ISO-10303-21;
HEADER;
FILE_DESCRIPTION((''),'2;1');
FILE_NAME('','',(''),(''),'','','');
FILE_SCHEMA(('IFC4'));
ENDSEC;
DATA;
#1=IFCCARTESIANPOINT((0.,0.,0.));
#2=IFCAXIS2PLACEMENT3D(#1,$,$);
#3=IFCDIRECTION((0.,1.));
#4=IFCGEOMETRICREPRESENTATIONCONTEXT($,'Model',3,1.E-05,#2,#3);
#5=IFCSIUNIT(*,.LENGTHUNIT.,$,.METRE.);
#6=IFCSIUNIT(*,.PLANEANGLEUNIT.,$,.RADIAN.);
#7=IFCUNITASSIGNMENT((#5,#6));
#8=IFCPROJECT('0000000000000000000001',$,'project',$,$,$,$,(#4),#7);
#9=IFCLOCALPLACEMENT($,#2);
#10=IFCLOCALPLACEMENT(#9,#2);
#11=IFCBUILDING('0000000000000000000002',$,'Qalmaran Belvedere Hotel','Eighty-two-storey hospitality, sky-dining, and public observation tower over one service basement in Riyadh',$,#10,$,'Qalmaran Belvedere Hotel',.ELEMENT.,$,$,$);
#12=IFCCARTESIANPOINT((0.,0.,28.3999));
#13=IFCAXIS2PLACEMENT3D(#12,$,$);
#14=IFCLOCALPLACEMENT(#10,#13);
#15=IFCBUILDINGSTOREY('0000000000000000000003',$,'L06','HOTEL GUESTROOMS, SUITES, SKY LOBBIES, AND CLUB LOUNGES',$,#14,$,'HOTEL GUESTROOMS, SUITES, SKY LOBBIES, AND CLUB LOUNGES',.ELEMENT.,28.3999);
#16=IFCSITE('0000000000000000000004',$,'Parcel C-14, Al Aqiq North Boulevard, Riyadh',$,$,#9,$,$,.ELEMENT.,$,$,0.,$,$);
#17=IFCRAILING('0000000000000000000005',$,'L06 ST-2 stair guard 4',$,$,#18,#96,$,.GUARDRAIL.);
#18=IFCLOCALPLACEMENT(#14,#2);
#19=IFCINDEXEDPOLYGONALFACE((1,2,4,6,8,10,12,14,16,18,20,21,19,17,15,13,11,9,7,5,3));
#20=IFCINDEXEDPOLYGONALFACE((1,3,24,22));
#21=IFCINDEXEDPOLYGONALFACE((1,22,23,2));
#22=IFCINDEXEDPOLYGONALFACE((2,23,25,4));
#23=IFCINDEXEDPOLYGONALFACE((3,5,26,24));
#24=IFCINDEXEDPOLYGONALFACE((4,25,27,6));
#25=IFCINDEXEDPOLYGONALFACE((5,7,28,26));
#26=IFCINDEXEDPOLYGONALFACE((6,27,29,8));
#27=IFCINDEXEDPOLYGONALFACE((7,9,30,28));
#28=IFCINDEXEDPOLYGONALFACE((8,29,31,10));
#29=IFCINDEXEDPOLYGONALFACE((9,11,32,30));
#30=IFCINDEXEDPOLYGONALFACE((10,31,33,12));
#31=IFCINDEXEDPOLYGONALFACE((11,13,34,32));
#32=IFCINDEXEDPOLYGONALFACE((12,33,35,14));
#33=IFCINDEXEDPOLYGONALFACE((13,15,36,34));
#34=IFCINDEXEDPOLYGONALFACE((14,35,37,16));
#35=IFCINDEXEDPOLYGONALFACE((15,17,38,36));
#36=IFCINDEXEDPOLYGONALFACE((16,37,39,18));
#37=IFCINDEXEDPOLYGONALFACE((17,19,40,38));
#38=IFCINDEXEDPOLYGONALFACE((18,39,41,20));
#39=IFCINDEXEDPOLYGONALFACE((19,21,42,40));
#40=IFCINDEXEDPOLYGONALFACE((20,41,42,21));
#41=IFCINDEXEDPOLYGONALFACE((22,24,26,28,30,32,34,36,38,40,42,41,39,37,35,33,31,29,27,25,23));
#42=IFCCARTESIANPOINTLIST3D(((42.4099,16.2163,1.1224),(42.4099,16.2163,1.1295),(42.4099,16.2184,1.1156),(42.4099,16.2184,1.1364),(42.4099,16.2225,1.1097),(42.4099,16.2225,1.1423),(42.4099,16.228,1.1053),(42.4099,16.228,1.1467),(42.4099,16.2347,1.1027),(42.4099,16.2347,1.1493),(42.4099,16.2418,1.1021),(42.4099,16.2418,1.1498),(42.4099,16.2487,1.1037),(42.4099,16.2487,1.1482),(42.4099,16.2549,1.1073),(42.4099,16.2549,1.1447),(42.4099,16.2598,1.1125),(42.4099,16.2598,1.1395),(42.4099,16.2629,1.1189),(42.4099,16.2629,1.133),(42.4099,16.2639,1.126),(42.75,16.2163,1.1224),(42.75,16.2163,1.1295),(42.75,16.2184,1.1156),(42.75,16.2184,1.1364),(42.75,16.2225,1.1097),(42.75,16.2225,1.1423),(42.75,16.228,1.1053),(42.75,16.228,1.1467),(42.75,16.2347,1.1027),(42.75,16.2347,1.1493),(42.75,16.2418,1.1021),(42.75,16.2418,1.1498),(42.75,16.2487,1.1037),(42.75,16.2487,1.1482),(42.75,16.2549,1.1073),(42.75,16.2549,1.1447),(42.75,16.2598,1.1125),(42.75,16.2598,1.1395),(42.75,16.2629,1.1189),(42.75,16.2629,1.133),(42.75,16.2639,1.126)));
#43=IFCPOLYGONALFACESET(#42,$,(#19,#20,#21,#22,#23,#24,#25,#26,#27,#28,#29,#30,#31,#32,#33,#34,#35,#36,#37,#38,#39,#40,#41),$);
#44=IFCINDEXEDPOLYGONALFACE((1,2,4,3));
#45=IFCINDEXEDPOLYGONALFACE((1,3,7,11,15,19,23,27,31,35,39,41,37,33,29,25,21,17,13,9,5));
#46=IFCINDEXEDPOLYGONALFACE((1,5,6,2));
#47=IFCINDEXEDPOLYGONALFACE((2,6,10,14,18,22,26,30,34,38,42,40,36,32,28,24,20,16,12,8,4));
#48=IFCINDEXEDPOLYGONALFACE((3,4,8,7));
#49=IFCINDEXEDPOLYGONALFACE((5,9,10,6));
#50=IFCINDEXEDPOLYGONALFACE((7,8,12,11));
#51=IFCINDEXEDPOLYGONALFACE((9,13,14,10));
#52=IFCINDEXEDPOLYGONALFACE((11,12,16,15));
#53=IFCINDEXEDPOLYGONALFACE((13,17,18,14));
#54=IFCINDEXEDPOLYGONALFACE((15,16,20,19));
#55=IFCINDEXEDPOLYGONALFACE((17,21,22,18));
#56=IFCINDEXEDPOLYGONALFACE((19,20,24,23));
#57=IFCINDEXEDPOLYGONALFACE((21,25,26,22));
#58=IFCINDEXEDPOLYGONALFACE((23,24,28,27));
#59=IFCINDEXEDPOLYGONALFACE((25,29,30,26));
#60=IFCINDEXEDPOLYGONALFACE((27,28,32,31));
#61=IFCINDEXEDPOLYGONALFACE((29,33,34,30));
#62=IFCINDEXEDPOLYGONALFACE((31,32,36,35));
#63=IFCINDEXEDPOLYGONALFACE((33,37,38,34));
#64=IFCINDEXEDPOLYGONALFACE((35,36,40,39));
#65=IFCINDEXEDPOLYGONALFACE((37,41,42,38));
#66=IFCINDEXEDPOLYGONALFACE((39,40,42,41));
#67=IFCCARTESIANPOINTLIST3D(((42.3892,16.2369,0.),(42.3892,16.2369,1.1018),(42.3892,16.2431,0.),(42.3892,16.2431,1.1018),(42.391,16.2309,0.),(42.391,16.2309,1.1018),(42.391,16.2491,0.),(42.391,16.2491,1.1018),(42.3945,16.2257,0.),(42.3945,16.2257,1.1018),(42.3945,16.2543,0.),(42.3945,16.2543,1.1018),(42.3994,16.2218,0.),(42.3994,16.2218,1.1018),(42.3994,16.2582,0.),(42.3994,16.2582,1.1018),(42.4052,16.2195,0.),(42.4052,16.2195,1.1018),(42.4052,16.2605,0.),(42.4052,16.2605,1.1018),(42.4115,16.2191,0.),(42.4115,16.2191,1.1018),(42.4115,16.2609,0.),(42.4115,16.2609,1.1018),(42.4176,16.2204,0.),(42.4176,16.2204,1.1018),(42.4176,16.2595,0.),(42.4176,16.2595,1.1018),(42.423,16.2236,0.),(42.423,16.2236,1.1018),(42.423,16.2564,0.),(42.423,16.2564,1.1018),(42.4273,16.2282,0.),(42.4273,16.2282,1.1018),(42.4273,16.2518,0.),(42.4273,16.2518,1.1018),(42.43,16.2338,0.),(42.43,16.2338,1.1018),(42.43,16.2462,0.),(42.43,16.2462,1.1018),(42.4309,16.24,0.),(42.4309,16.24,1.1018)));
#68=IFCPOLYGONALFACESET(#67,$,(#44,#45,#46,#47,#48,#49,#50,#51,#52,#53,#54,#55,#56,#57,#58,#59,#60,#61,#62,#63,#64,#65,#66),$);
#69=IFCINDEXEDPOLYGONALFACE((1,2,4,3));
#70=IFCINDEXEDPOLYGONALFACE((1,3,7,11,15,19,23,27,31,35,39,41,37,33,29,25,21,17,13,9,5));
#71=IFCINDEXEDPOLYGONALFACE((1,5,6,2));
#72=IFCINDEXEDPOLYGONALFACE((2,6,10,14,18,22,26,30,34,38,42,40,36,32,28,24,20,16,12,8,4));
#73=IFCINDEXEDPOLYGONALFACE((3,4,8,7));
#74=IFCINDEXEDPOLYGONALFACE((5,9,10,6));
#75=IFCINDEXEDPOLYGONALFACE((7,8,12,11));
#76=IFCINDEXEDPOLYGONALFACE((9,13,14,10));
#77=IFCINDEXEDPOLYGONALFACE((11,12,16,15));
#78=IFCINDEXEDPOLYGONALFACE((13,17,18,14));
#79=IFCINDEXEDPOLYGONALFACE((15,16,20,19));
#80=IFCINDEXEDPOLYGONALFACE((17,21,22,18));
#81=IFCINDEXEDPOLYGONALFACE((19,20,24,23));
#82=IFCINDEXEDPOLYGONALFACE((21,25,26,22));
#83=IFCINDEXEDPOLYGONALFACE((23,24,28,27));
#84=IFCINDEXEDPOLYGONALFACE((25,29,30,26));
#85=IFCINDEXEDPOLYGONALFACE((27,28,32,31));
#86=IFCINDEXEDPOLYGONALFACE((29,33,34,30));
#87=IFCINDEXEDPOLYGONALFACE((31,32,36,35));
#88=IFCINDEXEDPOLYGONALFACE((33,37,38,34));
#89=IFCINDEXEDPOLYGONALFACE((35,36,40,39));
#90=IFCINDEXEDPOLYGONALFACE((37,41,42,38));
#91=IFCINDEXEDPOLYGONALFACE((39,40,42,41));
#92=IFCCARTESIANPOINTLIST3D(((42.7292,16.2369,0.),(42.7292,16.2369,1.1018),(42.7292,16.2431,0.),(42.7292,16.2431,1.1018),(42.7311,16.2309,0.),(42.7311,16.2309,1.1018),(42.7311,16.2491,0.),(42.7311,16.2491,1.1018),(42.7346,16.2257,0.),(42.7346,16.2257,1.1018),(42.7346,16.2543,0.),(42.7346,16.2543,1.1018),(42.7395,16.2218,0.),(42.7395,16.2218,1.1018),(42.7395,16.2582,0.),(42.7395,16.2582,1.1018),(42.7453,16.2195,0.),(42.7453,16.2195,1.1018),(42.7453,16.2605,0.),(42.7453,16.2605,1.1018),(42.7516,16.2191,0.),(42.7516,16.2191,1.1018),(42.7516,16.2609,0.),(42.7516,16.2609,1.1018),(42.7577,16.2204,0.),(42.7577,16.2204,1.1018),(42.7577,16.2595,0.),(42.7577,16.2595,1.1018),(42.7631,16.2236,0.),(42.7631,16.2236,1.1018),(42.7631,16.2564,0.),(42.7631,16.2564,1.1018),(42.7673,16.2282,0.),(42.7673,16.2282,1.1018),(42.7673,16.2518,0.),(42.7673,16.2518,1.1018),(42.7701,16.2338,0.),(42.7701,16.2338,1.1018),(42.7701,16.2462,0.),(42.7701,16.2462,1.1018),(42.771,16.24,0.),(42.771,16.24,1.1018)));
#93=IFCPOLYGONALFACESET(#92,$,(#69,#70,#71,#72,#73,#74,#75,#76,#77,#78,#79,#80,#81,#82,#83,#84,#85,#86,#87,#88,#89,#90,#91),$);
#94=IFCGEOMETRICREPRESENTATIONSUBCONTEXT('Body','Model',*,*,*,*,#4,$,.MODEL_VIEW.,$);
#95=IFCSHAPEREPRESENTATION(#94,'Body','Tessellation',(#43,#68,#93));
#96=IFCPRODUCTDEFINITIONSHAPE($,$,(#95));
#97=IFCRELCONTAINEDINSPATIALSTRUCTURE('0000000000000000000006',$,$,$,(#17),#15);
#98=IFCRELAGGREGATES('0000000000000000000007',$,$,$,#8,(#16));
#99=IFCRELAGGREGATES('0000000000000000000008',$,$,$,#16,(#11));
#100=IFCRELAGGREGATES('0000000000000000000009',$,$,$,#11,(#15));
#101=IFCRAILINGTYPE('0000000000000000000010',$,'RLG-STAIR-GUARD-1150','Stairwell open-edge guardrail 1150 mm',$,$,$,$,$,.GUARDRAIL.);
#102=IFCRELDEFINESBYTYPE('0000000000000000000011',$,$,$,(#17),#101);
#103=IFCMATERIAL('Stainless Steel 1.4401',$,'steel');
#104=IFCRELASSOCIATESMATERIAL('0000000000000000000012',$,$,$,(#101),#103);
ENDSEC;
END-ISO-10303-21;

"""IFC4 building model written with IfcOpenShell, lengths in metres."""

from ifc_helpers import new_model, si_unit, direction, frame, origin, origin_2d, place, context, subcontext, project, spatial, circle, extrude, material, type_object, element, save


model = new_model("IFC4")

# Units and contexts
model_context = context("Model", 3, precision=1e-05, world=origin(), true_north=direction((0.0, 1.0)))
body_context = subcontext(model_context, "Body", "Model", "MODEL_VIEW")
ifc_project = project(units=[si_unit("LENGTHUNIT", "METRE"), si_unit("PLANEANGLEUNIT", "RADIAN")], contexts=[model_context])

# Site, building, storey
site_placement = place(None, origin())
site = spatial("IfcSite", under=ifc_project, at=site_placement, Name="Parcel C-14, Al Aqiq North Boulevard, Riyadh", CompositionType="ELEMENT", RefElevation=0.0)
building_placement = place(site_placement, origin())
building = spatial("IfcBuilding", under=site, at=building_placement, Name="Qalmaran Belvedere Hotel", Description="Eighty-two-storey hospitality, sky-dining, and public observation tower over one service basement in Riyadh", LongName="Qalmaran Belvedere Hotel", CompositionType="ELEMENT")
storey_placement = place(building_placement, frame((0.0, 0.0, 28.3999)))
storey = spatial("IfcBuildingStorey", under=building, at=storey_placement, Name="L06", Description="HOTEL GUESTROOMS, SUITES, SKY LOBBIES, AND CLUB LOUNGES", LongName="HOTEL GUESTROOMS, SUITES, SKY LOBBIES, AND CLUB LOUNGES", CompositionType="ELEMENT", Elevation=28.3999)

# Shared definitions
ifc_material_1 = material(Name="Stainless Steel 1.4401", Category="steel")

# Railing
railing_type_1 = type_object("IfcRailingType", Name="RLG-STAIR-GUARD-1150", Description="Stairwell open-edge guardrail 1150 mm", PredefinedType="GUARDRAIL", material=ifc_material_1)
railing_1_placement = place(storey_placement, frame((42.4099, 16.24, 0.0)))
element("IfcRailing", 1, at=railing_1_placement, inside=storey, type_object=railing_type_1, Name="L06 ST-2 stair guard 4", PredefinedType="GUARDRAIL", context=body_context, shape_type="SweptSolid", body=[
    extrude(circle(Radius=0.0239, at=origin_2d()), frame((0.0, 0.0, 1.126), z_axis=(1.0, 0.0, 0.0), x_axis=(0.0, 1.0, 0.0)), (0.0, 0.0, 1.0), 0.3401),
    extrude(circle(Radius=0.021, at=origin_2d()), origin(), (0.0, 0.0, 1.0), 1.1018),
    extrude(circle(Radius=0.021, at=origin_2d()), frame((0.3401, 0.0, 0.0)), (0.0, 0.0, 1.0), 1.1018),
])

save(model, "model.ifc")
